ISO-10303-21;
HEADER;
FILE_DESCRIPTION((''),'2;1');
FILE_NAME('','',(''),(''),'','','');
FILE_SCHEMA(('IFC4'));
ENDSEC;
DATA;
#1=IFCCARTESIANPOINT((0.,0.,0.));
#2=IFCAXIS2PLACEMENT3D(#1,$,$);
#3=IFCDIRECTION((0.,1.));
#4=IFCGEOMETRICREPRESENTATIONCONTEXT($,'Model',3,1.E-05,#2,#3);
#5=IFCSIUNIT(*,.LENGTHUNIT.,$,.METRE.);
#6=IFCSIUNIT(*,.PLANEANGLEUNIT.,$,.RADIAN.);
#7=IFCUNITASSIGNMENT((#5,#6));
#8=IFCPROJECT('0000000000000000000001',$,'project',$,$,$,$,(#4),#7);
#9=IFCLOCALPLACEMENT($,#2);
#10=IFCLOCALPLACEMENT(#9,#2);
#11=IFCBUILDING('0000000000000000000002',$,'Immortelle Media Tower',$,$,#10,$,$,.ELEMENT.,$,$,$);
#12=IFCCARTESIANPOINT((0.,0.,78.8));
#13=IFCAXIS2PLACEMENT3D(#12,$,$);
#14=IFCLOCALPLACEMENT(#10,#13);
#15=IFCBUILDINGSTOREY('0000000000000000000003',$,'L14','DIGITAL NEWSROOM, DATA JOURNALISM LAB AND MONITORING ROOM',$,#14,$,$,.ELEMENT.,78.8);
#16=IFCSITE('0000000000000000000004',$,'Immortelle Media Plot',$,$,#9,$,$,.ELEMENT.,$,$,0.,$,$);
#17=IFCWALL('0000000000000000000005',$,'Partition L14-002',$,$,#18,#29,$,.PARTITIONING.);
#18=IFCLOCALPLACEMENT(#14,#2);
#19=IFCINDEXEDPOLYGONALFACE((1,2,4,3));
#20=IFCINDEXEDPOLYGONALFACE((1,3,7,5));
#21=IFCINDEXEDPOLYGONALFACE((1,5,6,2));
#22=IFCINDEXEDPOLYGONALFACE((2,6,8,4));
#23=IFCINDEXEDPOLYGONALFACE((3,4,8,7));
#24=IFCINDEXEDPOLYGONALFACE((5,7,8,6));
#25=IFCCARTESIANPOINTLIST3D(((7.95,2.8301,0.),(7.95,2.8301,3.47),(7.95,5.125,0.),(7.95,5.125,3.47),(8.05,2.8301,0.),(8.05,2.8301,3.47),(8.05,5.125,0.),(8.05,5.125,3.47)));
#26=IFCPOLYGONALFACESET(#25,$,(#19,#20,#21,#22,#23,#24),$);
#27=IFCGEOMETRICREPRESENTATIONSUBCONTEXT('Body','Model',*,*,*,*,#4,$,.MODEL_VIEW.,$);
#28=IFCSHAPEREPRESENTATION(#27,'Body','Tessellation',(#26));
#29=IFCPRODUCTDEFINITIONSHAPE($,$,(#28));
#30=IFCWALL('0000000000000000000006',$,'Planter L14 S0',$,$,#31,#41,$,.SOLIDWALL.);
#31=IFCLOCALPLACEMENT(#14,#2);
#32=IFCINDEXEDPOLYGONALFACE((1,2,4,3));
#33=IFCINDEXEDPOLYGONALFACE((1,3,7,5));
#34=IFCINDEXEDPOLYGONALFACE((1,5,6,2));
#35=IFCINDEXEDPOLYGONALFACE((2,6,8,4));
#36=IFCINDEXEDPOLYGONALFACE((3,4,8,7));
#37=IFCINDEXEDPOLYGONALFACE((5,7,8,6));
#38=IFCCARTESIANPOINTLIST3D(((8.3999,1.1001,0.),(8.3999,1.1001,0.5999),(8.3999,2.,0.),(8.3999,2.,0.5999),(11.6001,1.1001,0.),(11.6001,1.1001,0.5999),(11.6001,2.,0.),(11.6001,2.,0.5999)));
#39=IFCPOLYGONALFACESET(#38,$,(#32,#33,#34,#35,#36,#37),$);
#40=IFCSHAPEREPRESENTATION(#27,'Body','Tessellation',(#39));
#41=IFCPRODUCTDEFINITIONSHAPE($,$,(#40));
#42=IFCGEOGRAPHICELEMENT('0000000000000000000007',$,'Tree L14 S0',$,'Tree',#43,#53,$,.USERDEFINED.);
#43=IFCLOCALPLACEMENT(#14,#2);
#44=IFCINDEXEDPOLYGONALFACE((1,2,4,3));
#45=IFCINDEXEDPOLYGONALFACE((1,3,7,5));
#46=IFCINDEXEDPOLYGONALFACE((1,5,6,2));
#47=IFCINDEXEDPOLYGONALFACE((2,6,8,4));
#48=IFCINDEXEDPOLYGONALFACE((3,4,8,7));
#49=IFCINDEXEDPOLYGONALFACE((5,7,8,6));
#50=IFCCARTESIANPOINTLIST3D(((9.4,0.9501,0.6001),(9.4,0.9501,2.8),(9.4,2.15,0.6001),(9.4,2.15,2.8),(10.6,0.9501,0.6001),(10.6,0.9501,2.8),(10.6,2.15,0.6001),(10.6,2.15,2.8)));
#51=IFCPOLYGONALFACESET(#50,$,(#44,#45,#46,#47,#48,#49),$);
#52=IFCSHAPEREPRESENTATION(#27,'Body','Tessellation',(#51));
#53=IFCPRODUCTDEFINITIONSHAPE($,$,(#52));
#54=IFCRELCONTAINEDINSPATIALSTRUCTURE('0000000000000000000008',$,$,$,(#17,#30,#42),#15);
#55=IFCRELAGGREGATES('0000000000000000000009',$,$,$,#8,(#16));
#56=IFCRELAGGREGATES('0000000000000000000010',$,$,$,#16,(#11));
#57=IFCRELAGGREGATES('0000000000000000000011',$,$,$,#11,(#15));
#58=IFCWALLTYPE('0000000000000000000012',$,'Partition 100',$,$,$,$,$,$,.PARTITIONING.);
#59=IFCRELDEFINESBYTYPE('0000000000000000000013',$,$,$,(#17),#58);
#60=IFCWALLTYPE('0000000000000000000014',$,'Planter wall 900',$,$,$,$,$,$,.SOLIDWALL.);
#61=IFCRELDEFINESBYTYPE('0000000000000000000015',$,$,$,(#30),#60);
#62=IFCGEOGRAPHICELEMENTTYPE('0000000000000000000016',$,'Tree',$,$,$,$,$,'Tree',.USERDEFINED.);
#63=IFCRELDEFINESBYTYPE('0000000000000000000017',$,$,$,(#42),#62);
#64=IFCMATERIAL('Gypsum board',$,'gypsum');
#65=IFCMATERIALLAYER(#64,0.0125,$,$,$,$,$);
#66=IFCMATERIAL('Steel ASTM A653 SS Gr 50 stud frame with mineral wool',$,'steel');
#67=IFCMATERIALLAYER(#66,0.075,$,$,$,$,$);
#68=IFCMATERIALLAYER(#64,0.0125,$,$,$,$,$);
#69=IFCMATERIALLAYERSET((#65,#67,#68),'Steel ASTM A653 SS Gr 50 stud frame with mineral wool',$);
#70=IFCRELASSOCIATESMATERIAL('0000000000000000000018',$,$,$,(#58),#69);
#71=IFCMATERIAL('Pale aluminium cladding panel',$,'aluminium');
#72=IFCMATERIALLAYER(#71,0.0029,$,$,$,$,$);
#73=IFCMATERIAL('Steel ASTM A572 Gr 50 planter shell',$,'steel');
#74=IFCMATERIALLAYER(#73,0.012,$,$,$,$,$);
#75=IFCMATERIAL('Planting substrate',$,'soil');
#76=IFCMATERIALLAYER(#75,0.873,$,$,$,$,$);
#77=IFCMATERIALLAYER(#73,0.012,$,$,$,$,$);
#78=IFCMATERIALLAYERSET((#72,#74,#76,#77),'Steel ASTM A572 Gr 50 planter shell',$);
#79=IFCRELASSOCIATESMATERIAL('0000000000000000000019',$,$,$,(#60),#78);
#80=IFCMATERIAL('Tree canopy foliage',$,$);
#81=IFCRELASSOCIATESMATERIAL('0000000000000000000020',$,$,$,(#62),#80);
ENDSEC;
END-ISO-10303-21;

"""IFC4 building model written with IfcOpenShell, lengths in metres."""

from ifc_helpers import new_model, si_unit, direction, frame, frame_2d, origin, origin_2d, place, context, subcontext, project, spatial, rectangle, extrude, material, layer, layer_set, type_object, element, save


model = new_model("IFC4")

# Units and contexts
model_context = context("Model", 3, precision=1e-05, world=origin(), true_north=direction((0.0, 1.0)))
body_context = subcontext(model_context, "Body", "Model", "MODEL_VIEW")
ifc_project = project(units=[si_unit("LENGTHUNIT", "METRE"), si_unit("PLANEANGLEUNIT", "RADIAN")], contexts=[model_context])

# Site, building, storey
site_placement = place(None, origin())
site = spatial("IfcSite", under=ifc_project, at=site_placement, Name="Immortelle Media Plot", CompositionType="ELEMENT", RefElevation=0.0)
building_placement = place(site_placement, origin())
building = spatial("IfcBuilding", under=site, at=building_placement, Name="Immortelle Media Tower", CompositionType="ELEMENT")
storey_placement = place(building_placement, frame((0.0, 0.0, 78.8)))
storey = spatial("IfcBuildingStorey", under=building, at=storey_placement, Name="L14", Description="DIGITAL NEWSROOM, DATA JOURNALISM LAB AND MONITORING ROOM", CompositionType="ELEMENT", Elevation=78.8)

# Shared definitions
ifc_material_1 = material(Name="Pale aluminium cladding panel", Category="aluminium")
ifc_material_2 = material(Name="Steel ASTM A653 SS Gr 50 stud frame with mineral wool", Category="steel")

# Walls
ifc_material_3 = material(Name="Gypsum board", Category="gypsum")
ifc_layer_1 = layer(ifc_material_3, 0.0125)
ifc_layer_2 = layer(ifc_material_2, 0.075)
ifc_layer_3 = layer(ifc_material_3, 0.0125)
ifc_layer_set_1 = layer_set([ifc_layer_1, ifc_layer_2, ifc_layer_3], Name="Steel ASTM A653 SS Gr 50 stud frame with mineral wool")
wall_type_1 = type_object("IfcWallType", Name="Partition 100", PredefinedType="PARTITIONING", material=ifc_layer_set_1)
wall_1_placement = place(storey_placement, frame((8.0, 2.8301, 0.0), z_axis=(0.0, 0.0, 1.0), x_axis=(0.0, 1.0, 0.0)))
element("IfcWall", 1, at=wall_1_placement, inside=storey, type_object=wall_type_1, Name="Partition L14-002", PredefinedType="PARTITIONING", context=body_context, shape_type="SweptSolid", body=[
    extrude(rectangle(XDim=2.2949, YDim=0.1001, at=frame_2d((1.1475, 0.0))), origin(), (0.0, 0.0, 1.0), 3.47),
])
ifc_layer_4 = layer(ifc_material_1, 0.0029)
ifc_material_4 = material(Name="Steel ASTM A572 Gr 50 planter shell", Category="steel")
ifc_layer_5 = layer(ifc_material_4, 0.012)
ifc_material_5 = material(Name="Planting substrate", Category="soil")
ifc_layer_6 = layer(ifc_material_5, 0.873)
ifc_layer_7 = layer(ifc_material_4, 0.012)
ifc_layer_set_2 = layer_set([ifc_layer_4, ifc_layer_5, ifc_layer_6, ifc_layer_7], Name="Steel ASTM A572 Gr 50 planter shell")
wall_type_2 = type_object("IfcWallType", Name="Planter wall 900", PredefinedType="SOLIDWALL", material=ifc_layer_set_2)
wall_2_placement = place(storey_placement, frame((8.3999, 1.55, 0.0), z_axis=(0.0, 0.0, 1.0), x_axis=(1.0, 0.0, 0.0)))
element("IfcWall", 2, at=wall_2_placement, inside=storey, type_object=wall_type_2, Name="Planter L14 S0", PredefinedType="SOLIDWALL", context=body_context, shape_type="SweptSolid", body=[
    extrude(rectangle(XDim=3.2002, YDim=0.8999, at=frame_2d((1.6001, 0.0))), origin(), (0.0, 0.0, 1.0), 0.5999),
])

# Geographic element
ifc_material_6 = material(Name="Tree canopy foliage")
geographic_element_type = type_object("IfcGeographicElementType", Name="Tree", ElementType="Tree", PredefinedType="USERDEFINED", material=ifc_material_6)
geographic_element_placement = place(storey_placement, frame((10.0, 1.55, 0.6001), z_axis=(0.0, 0.0, 1.0), x_axis=(1.0, 0.0, 0.0)))
element("IfcGeographicElement", 3, at=geographic_element_placement, inside=storey, type_object=geographic_element_type, Name="Tree L14 S0", ObjectType="Tree", PredefinedType="USERDEFINED", context=body_context, shape_type="SweptSolid", body=[
    extrude(rectangle(XDim=1.2, YDim=1.2, at=origin_2d()), origin(), (0.0, 0.0, 1.0), 2.2),
])

save(model, "model.ifc")
